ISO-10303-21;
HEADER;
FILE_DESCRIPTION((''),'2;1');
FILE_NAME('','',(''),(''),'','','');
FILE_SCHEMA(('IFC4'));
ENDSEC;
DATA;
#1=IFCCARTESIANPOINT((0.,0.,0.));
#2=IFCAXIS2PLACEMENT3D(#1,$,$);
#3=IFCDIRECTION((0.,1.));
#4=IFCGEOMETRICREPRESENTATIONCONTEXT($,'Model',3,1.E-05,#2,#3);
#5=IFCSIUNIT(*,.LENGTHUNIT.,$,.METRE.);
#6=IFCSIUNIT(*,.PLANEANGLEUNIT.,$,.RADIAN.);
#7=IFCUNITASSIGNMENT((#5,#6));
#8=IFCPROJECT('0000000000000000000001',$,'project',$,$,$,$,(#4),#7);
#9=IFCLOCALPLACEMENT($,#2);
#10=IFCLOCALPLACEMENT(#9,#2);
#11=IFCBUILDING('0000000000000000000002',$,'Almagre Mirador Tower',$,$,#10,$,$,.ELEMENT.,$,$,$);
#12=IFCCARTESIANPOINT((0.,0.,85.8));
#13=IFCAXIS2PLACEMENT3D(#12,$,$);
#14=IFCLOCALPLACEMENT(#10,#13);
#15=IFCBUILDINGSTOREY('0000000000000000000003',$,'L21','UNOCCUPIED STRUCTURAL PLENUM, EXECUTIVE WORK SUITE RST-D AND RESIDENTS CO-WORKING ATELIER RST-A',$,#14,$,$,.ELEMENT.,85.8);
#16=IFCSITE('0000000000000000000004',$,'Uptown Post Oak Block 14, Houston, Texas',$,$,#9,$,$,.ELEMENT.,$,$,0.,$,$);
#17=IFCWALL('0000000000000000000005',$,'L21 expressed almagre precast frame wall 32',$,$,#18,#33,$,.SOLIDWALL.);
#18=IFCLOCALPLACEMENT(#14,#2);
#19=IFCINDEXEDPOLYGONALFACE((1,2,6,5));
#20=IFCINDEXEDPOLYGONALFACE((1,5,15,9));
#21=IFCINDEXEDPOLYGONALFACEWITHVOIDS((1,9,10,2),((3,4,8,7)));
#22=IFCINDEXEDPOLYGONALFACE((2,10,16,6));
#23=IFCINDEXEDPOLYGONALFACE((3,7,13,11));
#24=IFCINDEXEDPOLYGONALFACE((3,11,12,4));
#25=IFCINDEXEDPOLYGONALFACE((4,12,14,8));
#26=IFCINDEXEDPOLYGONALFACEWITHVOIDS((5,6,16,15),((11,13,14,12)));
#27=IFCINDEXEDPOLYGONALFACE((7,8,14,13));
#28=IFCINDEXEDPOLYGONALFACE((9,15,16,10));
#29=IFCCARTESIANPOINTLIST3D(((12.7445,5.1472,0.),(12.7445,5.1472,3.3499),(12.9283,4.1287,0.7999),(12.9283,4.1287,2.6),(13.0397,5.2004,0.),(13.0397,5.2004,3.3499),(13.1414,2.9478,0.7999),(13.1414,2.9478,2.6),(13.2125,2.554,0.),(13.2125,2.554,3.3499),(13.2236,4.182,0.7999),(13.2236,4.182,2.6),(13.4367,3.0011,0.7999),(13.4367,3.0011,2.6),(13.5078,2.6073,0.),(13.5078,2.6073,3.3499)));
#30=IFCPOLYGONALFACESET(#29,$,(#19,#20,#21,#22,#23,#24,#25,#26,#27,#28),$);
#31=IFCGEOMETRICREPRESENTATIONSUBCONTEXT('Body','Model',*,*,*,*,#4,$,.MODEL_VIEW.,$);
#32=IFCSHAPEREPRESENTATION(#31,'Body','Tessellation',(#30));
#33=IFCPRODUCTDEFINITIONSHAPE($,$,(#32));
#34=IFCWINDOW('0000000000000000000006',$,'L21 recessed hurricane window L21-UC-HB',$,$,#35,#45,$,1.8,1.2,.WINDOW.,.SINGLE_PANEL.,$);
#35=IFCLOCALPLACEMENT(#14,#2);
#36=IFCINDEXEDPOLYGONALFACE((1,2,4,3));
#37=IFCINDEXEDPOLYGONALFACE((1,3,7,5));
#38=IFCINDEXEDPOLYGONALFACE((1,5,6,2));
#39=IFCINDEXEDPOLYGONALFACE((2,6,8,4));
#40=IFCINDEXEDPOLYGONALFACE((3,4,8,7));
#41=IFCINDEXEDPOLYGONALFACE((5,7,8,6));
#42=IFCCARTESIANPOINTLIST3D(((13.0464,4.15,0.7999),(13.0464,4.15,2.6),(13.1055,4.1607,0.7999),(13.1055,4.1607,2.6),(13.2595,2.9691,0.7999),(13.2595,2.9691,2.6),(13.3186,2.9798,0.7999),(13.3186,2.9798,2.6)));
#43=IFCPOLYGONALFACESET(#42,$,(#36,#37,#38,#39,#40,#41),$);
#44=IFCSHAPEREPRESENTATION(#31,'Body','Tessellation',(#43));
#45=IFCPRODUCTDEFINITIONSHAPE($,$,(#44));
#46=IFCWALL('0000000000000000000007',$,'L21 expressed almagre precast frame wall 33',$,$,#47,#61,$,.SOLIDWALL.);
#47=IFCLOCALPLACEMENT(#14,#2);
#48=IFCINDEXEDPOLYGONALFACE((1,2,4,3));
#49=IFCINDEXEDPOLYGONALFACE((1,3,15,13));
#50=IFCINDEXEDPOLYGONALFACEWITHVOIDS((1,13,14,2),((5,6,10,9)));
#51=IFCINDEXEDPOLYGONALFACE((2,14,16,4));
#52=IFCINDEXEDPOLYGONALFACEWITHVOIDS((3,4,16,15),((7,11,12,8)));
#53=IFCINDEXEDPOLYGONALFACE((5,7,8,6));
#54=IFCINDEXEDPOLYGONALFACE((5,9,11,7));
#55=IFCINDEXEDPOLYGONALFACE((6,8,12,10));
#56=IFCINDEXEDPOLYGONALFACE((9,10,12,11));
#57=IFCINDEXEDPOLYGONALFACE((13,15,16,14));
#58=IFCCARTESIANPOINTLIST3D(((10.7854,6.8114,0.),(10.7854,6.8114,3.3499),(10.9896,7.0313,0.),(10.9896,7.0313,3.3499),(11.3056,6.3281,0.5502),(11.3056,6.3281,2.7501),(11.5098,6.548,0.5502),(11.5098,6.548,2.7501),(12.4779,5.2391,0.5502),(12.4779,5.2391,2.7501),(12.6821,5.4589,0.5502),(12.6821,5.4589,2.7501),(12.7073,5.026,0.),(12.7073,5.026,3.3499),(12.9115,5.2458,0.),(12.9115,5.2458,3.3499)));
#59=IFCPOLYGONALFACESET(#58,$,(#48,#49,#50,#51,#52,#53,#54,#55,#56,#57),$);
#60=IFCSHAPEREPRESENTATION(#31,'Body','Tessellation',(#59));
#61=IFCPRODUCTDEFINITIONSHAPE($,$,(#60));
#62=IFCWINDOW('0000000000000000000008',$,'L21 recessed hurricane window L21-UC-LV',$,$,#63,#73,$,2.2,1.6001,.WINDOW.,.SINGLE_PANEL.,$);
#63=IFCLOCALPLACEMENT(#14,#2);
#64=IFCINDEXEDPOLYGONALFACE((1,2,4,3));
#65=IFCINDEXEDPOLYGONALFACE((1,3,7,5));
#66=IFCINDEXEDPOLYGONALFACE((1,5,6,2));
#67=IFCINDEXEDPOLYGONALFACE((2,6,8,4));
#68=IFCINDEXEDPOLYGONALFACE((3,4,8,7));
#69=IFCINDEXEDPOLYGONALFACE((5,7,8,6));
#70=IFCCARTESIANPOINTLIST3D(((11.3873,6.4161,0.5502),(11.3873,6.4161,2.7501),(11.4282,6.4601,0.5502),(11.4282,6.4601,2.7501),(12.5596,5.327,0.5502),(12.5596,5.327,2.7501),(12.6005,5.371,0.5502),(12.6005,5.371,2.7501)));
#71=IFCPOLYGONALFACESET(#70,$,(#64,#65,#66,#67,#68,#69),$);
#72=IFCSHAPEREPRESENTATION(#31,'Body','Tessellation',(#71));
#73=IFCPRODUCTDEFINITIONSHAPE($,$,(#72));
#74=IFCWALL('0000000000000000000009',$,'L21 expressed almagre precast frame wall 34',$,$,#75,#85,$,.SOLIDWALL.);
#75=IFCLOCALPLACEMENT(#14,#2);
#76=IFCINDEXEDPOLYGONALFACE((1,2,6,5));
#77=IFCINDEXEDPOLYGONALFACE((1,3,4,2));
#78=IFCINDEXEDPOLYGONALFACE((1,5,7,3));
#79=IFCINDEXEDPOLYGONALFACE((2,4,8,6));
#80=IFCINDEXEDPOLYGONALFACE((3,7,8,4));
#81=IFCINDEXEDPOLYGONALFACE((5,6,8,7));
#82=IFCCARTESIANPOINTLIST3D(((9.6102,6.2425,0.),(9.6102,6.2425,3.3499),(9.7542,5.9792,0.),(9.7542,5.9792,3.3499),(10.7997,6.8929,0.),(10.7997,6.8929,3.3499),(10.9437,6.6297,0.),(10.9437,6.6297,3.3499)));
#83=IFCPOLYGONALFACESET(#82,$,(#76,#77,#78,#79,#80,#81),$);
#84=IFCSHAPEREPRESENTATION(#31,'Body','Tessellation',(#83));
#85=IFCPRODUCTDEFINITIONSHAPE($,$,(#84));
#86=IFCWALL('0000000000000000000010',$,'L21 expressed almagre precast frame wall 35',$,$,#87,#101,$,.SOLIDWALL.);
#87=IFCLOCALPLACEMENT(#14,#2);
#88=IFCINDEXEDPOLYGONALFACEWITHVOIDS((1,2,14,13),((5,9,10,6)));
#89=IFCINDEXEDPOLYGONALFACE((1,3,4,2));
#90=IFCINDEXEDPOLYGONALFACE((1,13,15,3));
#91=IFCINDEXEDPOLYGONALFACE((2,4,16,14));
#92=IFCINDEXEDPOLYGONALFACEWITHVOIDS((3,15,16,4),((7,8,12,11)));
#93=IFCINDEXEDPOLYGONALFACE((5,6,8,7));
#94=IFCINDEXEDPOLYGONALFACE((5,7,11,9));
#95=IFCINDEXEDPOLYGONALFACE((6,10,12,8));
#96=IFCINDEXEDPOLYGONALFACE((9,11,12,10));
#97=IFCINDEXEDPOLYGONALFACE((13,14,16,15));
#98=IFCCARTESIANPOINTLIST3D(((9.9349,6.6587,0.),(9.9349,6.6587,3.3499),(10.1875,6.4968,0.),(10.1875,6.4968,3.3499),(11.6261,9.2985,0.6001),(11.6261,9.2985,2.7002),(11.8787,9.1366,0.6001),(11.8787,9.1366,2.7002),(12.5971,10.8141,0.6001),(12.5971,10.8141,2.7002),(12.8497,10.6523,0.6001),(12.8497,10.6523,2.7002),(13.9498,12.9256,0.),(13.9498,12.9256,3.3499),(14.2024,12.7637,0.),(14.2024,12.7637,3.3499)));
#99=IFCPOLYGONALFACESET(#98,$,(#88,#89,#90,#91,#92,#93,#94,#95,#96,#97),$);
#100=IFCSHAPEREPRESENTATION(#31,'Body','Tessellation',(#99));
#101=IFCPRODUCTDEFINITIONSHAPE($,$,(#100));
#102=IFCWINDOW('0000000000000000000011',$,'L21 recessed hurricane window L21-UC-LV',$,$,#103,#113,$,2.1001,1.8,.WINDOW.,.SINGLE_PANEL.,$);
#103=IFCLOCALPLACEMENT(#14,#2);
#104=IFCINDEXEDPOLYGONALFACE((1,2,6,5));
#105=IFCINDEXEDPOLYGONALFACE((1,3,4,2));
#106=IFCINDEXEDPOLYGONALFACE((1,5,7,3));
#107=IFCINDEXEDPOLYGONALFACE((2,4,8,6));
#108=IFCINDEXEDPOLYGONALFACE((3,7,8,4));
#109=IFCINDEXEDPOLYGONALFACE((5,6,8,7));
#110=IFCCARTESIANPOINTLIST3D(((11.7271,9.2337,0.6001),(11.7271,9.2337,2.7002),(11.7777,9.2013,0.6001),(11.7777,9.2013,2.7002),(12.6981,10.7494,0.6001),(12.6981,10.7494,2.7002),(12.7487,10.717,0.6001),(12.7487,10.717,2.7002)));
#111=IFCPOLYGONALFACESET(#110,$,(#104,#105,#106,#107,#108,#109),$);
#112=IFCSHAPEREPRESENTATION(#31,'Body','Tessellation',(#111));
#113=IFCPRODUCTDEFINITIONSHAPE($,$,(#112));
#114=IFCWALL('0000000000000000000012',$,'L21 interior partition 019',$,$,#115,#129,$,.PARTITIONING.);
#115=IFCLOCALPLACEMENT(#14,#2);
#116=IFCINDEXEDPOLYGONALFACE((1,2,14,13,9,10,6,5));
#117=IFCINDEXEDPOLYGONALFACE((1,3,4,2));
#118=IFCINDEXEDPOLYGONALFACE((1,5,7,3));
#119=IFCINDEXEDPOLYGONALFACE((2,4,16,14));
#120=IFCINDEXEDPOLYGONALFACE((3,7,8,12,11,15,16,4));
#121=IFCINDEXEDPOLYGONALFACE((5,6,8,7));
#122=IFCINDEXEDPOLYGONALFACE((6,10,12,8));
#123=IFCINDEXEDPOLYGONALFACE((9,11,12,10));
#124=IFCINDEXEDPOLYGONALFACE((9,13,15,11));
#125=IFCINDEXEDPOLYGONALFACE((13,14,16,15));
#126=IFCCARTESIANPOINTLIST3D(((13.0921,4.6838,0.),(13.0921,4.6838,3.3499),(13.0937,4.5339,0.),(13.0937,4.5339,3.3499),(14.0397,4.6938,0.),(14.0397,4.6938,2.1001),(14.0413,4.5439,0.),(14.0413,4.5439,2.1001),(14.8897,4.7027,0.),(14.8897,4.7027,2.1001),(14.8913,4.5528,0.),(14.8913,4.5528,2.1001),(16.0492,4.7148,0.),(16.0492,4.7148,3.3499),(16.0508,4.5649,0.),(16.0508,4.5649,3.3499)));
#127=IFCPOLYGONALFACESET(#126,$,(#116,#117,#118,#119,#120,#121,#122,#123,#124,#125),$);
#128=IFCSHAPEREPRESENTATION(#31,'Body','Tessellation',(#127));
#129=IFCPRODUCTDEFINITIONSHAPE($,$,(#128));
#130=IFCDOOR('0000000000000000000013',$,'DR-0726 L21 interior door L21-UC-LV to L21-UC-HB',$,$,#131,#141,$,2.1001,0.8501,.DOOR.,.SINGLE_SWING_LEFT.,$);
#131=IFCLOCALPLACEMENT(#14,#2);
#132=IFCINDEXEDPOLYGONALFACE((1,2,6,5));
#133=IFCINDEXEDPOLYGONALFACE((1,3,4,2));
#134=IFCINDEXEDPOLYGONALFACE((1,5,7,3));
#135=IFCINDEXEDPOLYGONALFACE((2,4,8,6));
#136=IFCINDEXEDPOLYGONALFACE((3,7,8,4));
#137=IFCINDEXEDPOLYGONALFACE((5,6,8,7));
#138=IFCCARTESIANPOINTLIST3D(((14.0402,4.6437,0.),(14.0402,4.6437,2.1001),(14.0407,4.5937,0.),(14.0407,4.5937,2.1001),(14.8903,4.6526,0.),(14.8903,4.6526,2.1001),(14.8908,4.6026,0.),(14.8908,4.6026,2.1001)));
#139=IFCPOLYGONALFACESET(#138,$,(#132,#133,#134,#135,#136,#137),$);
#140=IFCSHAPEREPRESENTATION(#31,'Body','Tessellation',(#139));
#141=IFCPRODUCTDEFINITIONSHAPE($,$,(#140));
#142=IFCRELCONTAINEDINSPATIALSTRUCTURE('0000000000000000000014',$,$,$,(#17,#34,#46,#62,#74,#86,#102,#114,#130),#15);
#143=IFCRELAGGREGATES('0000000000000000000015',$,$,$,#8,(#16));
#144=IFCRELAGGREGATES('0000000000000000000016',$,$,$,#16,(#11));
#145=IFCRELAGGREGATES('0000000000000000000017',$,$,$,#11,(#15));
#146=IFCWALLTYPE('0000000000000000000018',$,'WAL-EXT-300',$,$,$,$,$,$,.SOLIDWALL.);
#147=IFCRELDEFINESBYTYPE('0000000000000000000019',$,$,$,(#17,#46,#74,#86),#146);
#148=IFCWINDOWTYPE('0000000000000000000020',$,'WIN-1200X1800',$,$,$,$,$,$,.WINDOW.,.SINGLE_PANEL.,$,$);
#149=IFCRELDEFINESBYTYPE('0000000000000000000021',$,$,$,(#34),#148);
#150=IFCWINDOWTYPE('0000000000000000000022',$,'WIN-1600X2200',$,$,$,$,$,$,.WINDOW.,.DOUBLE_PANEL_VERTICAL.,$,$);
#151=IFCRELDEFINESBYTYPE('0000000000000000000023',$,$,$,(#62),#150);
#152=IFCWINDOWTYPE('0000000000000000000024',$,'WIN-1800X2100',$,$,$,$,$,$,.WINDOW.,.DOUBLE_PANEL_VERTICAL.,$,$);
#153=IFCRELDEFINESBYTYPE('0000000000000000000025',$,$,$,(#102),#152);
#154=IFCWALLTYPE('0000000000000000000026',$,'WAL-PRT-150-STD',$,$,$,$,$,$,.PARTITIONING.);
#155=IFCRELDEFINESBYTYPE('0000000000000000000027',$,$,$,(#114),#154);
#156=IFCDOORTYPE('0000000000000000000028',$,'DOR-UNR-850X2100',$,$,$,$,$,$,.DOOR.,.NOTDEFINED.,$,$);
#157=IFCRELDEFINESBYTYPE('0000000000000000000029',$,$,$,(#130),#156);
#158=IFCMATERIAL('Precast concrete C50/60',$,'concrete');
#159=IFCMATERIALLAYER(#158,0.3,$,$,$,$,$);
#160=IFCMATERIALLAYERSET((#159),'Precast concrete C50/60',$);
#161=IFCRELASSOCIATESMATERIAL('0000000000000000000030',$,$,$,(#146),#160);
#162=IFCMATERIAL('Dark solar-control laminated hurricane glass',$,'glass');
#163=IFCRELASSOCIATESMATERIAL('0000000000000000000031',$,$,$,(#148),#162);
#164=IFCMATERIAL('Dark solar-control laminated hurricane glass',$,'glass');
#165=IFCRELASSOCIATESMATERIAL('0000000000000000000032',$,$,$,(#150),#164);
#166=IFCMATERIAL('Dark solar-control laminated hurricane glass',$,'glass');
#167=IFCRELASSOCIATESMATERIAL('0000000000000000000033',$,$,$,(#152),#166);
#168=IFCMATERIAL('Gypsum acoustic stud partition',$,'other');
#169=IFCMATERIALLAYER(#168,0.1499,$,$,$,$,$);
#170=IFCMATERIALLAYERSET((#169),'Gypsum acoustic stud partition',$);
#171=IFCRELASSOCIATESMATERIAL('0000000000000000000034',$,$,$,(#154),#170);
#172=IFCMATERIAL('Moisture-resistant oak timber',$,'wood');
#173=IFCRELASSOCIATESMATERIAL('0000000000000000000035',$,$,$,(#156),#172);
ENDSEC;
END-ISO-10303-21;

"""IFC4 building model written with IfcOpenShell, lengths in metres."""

from ifc_helpers import new_model, si_unit, direction, frame, frame_2d, origin, place, context, subcontext, project, spatial, rectangle, extrude, material, layer, layer_set, type_object, element, fill, save


model = new_model("IFC4")

# Units and contexts
model_context = context("Model", 3, precision=1e-05, world=origin(), true_north=direction((0.0, 1.0)))
body_context = subcontext(model_context, "Body", "Model", "MODEL_VIEW")
ifc_project = project(units=[si_unit("LENGTHUNIT", "METRE"), si_unit("PLANEANGLEUNIT", "RADIAN")], contexts=[model_context])

# Site, building, storey
site_placement = place(None, origin())
site = spatial("IfcSite", under=ifc_project, at=site_placement, Name="Uptown Post Oak Block 14, Houston, Texas", CompositionType="ELEMENT", RefElevation=0.0)
building_placement = place(site_placement, origin())
building = spatial("IfcBuilding", under=site, at=building_placement, Name="Almagre Mirador Tower", CompositionType="ELEMENT")
storey_placement = place(building_placement, frame((0.0, 0.0, 85.8)))
storey = spatial("IfcBuildingStorey", under=building, at=storey_placement, Name="L21", Description="UNOCCUPIED STRUCTURAL PLENUM, EXECUTIVE WORK SUITE RST-D AND RESIDENTS CO-WORKING ATELIER RST-A", CompositionType="ELEMENT", Elevation=85.8)

# Shared definitions
ifc_material_1 = material(Name="Precast concrete C50/60", Category="concrete")
ifc_layer_1 = layer(ifc_material_1, 0.3)
ifc_layer_set_1 = layer_set([ifc_layer_1], Name="Precast concrete C50/60")
wall_type_1 = type_object("IfcWallType", Name="WAL-EXT-300", PredefinedType="SOLIDWALL", material=ifc_layer_set_1)

# Walls, openings, windows
wall_1_placement = place(storey_placement, frame((13.3601, 2.5808, 0.0), z_axis=(0.0, 0.0, 1.0), x_axis=(-0.177621, 0.984099, 0.0)))
wall_1 = element("IfcWall", 1, at=wall_1_placement, inside=storey, type_object=wall_type_1, Name="L21 expressed almagre precast frame wall 32", PredefinedType="SOLIDWALL", context=body_context, shape_type="SweptSolid", body=[
    extrude(rectangle(XDim=2.635, YDim=0.3, at=frame_2d((1.3174, 0.0))), origin(), (0.0, 0.0, 1.0), 3.3499),
])
opening_1_placement = place(wall_1_placement, frame((0.3999, 0.0, 0.8)))
opening_1 = element("IfcOpeningElement", 2, at=opening_1_placement, cuts=wall_1, PredefinedType="OPENING", context=body_context, shape_type="SweptSolid", body=[
    extrude(rectangle(XDim=1.2, YDim=1.8, at=frame_2d((0.6001, 0.8999))), frame((0.0, 0.1599, 0.0), z_axis=(0.0, -1.0, 0.0), x_axis=(1.0, 0.0, 0.0)), (0.0, 0.0, 1.0), 0.32),
])
ifc_material_2 = material(Name="Dark solar-control laminated hurricane glass", Category="glass")
window_type_1 = type_object("IfcWindowType", Name="WIN-1200X1800", PartitioningType="SINGLE_PANEL", PredefinedType="WINDOW", material=ifc_material_2)
window_1_placement = place(opening_1_placement, origin())
window_1 = element("IfcWindow", 3, at=window_1_placement, inside=storey, type_object=window_type_1, Name="L21 recessed hurricane window L21-UC-HB", OverallHeight=1.8, OverallWidth=1.2, PartitioningType="SINGLE_PANEL", PredefinedType="WINDOW", context=body_context, shape_type="SweptSolid", body=[
    extrude(rectangle(XDim=1.2, YDim=1.8, at=frame_2d((0.6001, 0.8999))), frame((0.0, 0.03, 0.0), z_axis=(0.0, -1.0, 0.0), x_axis=(1.0, 0.0, 0.0)), (0.0, 0.0, 1.0), 0.0601),
])
fill(opening_1, window_1)
wall_2_placement = place(storey_placement, frame((12.8093, 5.136, 0.0), z_axis=(0.0, 0.0, 1.0), x_axis=(-0.732641, 0.680615, 0.0)))
wall_2 = element("IfcWall", 4, at=wall_2_placement, inside=storey, type_object=wall_type_1, Name="L21 expressed almagre precast frame wall 33", PredefinedType="SOLIDWALL", context=body_context, shape_type="SweptSolid", body=[
    extrude(rectangle(XDim=2.6233, YDim=0.3, at=frame_2d((1.3115, 0.0))), origin(), (0.0, 0.0, 1.0), 3.3499),
])
opening_2_placement = place(wall_2_placement, frame((0.313, 0.0, 0.55)))
opening_2 = element("IfcOpeningElement", 5, at=opening_2_placement, cuts=wall_2, PredefinedType="OPENING", context=body_context, shape_type="SweptSolid", body=[
    extrude(rectangle(XDim=1.6001, YDim=2.2, at=frame_2d((0.8, 1.1001))), frame((0.0, 0.1599, 0.0), z_axis=(0.0, -1.0, 0.0), x_axis=(1.0, 0.0, 0.0)), (0.0, 0.0, 1.0), 0.32),
])
ifc_material_3 = material(Name="Dark solar-control laminated hurricane glass", Category="glass")
window_type_2 = type_object("IfcWindowType", Name="WIN-1600X2200", PartitioningType="DOUBLE_PANEL_VERTICAL", PredefinedType="WINDOW", material=ifc_material_3)
window_2_placement = place(opening_2_placement, origin())
window_2 = element("IfcWindow", 6, at=window_2_placement, inside=storey, type_object=window_type_2, Name="L21 recessed hurricane window L21-UC-LV", OverallHeight=2.2, OverallWidth=1.6001, PartitioningType="SINGLE_PANEL", PredefinedType="WINDOW", context=body_context, shape_type="SweptSolid", body=[
    extrude(rectangle(XDim=1.6001, YDim=2.2, at=frame_2d((0.8, 1.1001))), frame((0.0, 0.03, 0.0), z_axis=(0.0, -1.0, 0.0), x_axis=(1.0, 0.0, 0.0)), (0.0, 0.0, 1.0), 0.0601),
])
fill(opening_2, window_2)

# Wall
wall_3_placement = place(storey_placement, frame((10.8716, 6.7612, 0.0), z_axis=(0.0, 0.0, 1.0), x_axis=(-0.8774, -0.47976, 0.0)))
element("IfcWall", 7, at=wall_3_placement, inside=storey, type_object=wall_type_1, Name="L21 expressed almagre precast frame wall 34", PredefinedType="SOLIDWALL", context=body_context, shape_type="SweptSolid", body=[
    extrude(rectangle(XDim=1.3557, YDim=0.3, at=frame_2d((0.6777, 0.0))), origin(), (0.0, 0.0, 1.0), 3.3499),
])

# Wall, opening, window
wall_4_placement = place(storey_placement, frame((10.0613, 6.5779, 0.0), z_axis=(0.0, 0.0, 1.0), x_axis=(0.539446, 0.842021, 0.0)))
wall_4 = element("IfcWall", 8, at=wall_4_placement, inside=storey, type_object=wall_type_1, Name="L21 expressed almagre precast frame wall 35", PredefinedType="SOLIDWALL", context=body_context, shape_type="SweptSolid", body=[
    extrude(rectangle(XDim=7.4426, YDim=0.3, at=frame_2d((3.7212, 0.0))), origin(), (0.0, 0.0, 1.0), 3.3499),
])
opening_3_placement = place(wall_4_placement, frame((3.135, 0.0, 0.6001)))
opening_3 = element("IfcOpeningElement", 9, at=opening_3_placement, cuts=wall_4, PredefinedType="OPENING", context=body_context, shape_type="SweptSolid", body=[
    extrude(rectangle(XDim=1.8, YDim=2.1001, at=frame_2d((0.8999, 1.05))), frame((0.0, 0.1599, 0.0), z_axis=(0.0, -1.0, 0.0), x_axis=(1.0, 0.0, 0.0)), (0.0, 0.0, 1.0), 0.32),
])
ifc_material_4 = material(Name="Dark solar-control laminated hurricane glass", Category="glass")
window_type_3 = type_object("IfcWindowType", Name="WIN-1800X2100", PartitioningType="DOUBLE_PANEL_VERTICAL", PredefinedType="WINDOW", material=ifc_material_4)
window_3_placement = place(opening_3_placement, origin())
window_3 = element("IfcWindow", 10, at=window_3_placement, inside=storey, type_object=window_type_3, Name="L21 recessed hurricane window L21-UC-LV", OverallHeight=2.1001, OverallWidth=1.8, PartitioningType="SINGLE_PANEL", PredefinedType="WINDOW", context=body_context, shape_type="SweptSolid", body=[
    extrude(rectangle(XDim=1.8, YDim=2.1001, at=frame_2d((0.8999, 1.05))), frame((0.0, 0.03, 0.0), z_axis=(0.0, -1.0, 0.0), x_axis=(1.0, 0.0, 0.0)), (0.0, 0.0, 1.0), 0.0601),
])
fill(opening_3, window_3)

# Wall, opening, door
ifc_material_5 = material(Name="Gypsum acoustic stud partition", Category="other")
ifc_layer_2 = layer(ifc_material_5, 0.1499)
ifc_layer_set_2 = layer_set([ifc_layer_2], Name="Gypsum acoustic stud partition")
wall_type_2 = type_object("IfcWallType", Name="WAL-PRT-150-STD", PredefinedType="PARTITIONING", material=ifc_layer_set_2)
wall_5_placement = place(storey_placement, frame((13.093, 4.6089, 0.0), z_axis=(0.0, 0.0, 1.0), x_axis=(0.999945, 0.010485, 0.0)))
wall_5 = element("IfcWall", 11, at=wall_5_placement, inside=storey, type_object=wall_type_2, Name="L21 interior partition 019", PredefinedType="PARTITIONING", context=body_context, shape_type="SweptSolid", body=[
    extrude(rectangle(XDim=2.9573, YDim=0.1499, at=frame_2d((1.4785, 0.0))), origin(), (0.0, 0.0, 1.0), 3.3499),
])
opening_4_placement = place(wall_5_placement, frame((0.9475, 0.0, 0.0)))
opening_4 = element("IfcOpeningElement", 12, at=opening_4_placement, cuts=wall_5, PredefinedType="OPENING", context=body_context, shape_type="SweptSolid", body=[
    extrude(rectangle(XDim=0.8501, YDim=2.1001, at=frame_2d((0.425, 1.05))), frame((0.0, 0.085, 0.0), z_axis=(0.0, -1.0, 0.0), x_axis=(1.0, 0.0, 0.0)), (0.0, 0.0, 1.0), 0.1699),
])
ifc_material_6 = material(Name="Moisture-resistant oak timber", Category="wood")
door_type_1 = type_object("IfcDoorType", Name="DOR-UNR-850X2100", OperationType="NOTDEFINED", PredefinedType="DOOR", material=ifc_material_6)
door_1_placement = place(opening_4_placement, origin())
door_1 = element("IfcDoor", 13, at=door_1_placement, inside=storey, type_object=door_type_1, Name="DR-0726 L21 interior door L21-UC-LV to L21-UC-HB", OperationType="SINGLE_SWING_LEFT", OverallHeight=2.1001, OverallWidth=0.8501, PredefinedType="DOOR", context=body_context, shape_type="SweptSolid", body=[
    extrude(rectangle(XDim=0.8501, YDim=2.1001, at=frame_2d((0.425, 1.05))), frame((0.0, 0.0249, 0.0), z_axis=(0.0, -1.0, 0.0), x_axis=(1.0, 0.0, 0.0)), (0.0, 0.0, 1.0), 0.05),
])
fill(opening_4, door_1)

save(model, "model.ifc")
